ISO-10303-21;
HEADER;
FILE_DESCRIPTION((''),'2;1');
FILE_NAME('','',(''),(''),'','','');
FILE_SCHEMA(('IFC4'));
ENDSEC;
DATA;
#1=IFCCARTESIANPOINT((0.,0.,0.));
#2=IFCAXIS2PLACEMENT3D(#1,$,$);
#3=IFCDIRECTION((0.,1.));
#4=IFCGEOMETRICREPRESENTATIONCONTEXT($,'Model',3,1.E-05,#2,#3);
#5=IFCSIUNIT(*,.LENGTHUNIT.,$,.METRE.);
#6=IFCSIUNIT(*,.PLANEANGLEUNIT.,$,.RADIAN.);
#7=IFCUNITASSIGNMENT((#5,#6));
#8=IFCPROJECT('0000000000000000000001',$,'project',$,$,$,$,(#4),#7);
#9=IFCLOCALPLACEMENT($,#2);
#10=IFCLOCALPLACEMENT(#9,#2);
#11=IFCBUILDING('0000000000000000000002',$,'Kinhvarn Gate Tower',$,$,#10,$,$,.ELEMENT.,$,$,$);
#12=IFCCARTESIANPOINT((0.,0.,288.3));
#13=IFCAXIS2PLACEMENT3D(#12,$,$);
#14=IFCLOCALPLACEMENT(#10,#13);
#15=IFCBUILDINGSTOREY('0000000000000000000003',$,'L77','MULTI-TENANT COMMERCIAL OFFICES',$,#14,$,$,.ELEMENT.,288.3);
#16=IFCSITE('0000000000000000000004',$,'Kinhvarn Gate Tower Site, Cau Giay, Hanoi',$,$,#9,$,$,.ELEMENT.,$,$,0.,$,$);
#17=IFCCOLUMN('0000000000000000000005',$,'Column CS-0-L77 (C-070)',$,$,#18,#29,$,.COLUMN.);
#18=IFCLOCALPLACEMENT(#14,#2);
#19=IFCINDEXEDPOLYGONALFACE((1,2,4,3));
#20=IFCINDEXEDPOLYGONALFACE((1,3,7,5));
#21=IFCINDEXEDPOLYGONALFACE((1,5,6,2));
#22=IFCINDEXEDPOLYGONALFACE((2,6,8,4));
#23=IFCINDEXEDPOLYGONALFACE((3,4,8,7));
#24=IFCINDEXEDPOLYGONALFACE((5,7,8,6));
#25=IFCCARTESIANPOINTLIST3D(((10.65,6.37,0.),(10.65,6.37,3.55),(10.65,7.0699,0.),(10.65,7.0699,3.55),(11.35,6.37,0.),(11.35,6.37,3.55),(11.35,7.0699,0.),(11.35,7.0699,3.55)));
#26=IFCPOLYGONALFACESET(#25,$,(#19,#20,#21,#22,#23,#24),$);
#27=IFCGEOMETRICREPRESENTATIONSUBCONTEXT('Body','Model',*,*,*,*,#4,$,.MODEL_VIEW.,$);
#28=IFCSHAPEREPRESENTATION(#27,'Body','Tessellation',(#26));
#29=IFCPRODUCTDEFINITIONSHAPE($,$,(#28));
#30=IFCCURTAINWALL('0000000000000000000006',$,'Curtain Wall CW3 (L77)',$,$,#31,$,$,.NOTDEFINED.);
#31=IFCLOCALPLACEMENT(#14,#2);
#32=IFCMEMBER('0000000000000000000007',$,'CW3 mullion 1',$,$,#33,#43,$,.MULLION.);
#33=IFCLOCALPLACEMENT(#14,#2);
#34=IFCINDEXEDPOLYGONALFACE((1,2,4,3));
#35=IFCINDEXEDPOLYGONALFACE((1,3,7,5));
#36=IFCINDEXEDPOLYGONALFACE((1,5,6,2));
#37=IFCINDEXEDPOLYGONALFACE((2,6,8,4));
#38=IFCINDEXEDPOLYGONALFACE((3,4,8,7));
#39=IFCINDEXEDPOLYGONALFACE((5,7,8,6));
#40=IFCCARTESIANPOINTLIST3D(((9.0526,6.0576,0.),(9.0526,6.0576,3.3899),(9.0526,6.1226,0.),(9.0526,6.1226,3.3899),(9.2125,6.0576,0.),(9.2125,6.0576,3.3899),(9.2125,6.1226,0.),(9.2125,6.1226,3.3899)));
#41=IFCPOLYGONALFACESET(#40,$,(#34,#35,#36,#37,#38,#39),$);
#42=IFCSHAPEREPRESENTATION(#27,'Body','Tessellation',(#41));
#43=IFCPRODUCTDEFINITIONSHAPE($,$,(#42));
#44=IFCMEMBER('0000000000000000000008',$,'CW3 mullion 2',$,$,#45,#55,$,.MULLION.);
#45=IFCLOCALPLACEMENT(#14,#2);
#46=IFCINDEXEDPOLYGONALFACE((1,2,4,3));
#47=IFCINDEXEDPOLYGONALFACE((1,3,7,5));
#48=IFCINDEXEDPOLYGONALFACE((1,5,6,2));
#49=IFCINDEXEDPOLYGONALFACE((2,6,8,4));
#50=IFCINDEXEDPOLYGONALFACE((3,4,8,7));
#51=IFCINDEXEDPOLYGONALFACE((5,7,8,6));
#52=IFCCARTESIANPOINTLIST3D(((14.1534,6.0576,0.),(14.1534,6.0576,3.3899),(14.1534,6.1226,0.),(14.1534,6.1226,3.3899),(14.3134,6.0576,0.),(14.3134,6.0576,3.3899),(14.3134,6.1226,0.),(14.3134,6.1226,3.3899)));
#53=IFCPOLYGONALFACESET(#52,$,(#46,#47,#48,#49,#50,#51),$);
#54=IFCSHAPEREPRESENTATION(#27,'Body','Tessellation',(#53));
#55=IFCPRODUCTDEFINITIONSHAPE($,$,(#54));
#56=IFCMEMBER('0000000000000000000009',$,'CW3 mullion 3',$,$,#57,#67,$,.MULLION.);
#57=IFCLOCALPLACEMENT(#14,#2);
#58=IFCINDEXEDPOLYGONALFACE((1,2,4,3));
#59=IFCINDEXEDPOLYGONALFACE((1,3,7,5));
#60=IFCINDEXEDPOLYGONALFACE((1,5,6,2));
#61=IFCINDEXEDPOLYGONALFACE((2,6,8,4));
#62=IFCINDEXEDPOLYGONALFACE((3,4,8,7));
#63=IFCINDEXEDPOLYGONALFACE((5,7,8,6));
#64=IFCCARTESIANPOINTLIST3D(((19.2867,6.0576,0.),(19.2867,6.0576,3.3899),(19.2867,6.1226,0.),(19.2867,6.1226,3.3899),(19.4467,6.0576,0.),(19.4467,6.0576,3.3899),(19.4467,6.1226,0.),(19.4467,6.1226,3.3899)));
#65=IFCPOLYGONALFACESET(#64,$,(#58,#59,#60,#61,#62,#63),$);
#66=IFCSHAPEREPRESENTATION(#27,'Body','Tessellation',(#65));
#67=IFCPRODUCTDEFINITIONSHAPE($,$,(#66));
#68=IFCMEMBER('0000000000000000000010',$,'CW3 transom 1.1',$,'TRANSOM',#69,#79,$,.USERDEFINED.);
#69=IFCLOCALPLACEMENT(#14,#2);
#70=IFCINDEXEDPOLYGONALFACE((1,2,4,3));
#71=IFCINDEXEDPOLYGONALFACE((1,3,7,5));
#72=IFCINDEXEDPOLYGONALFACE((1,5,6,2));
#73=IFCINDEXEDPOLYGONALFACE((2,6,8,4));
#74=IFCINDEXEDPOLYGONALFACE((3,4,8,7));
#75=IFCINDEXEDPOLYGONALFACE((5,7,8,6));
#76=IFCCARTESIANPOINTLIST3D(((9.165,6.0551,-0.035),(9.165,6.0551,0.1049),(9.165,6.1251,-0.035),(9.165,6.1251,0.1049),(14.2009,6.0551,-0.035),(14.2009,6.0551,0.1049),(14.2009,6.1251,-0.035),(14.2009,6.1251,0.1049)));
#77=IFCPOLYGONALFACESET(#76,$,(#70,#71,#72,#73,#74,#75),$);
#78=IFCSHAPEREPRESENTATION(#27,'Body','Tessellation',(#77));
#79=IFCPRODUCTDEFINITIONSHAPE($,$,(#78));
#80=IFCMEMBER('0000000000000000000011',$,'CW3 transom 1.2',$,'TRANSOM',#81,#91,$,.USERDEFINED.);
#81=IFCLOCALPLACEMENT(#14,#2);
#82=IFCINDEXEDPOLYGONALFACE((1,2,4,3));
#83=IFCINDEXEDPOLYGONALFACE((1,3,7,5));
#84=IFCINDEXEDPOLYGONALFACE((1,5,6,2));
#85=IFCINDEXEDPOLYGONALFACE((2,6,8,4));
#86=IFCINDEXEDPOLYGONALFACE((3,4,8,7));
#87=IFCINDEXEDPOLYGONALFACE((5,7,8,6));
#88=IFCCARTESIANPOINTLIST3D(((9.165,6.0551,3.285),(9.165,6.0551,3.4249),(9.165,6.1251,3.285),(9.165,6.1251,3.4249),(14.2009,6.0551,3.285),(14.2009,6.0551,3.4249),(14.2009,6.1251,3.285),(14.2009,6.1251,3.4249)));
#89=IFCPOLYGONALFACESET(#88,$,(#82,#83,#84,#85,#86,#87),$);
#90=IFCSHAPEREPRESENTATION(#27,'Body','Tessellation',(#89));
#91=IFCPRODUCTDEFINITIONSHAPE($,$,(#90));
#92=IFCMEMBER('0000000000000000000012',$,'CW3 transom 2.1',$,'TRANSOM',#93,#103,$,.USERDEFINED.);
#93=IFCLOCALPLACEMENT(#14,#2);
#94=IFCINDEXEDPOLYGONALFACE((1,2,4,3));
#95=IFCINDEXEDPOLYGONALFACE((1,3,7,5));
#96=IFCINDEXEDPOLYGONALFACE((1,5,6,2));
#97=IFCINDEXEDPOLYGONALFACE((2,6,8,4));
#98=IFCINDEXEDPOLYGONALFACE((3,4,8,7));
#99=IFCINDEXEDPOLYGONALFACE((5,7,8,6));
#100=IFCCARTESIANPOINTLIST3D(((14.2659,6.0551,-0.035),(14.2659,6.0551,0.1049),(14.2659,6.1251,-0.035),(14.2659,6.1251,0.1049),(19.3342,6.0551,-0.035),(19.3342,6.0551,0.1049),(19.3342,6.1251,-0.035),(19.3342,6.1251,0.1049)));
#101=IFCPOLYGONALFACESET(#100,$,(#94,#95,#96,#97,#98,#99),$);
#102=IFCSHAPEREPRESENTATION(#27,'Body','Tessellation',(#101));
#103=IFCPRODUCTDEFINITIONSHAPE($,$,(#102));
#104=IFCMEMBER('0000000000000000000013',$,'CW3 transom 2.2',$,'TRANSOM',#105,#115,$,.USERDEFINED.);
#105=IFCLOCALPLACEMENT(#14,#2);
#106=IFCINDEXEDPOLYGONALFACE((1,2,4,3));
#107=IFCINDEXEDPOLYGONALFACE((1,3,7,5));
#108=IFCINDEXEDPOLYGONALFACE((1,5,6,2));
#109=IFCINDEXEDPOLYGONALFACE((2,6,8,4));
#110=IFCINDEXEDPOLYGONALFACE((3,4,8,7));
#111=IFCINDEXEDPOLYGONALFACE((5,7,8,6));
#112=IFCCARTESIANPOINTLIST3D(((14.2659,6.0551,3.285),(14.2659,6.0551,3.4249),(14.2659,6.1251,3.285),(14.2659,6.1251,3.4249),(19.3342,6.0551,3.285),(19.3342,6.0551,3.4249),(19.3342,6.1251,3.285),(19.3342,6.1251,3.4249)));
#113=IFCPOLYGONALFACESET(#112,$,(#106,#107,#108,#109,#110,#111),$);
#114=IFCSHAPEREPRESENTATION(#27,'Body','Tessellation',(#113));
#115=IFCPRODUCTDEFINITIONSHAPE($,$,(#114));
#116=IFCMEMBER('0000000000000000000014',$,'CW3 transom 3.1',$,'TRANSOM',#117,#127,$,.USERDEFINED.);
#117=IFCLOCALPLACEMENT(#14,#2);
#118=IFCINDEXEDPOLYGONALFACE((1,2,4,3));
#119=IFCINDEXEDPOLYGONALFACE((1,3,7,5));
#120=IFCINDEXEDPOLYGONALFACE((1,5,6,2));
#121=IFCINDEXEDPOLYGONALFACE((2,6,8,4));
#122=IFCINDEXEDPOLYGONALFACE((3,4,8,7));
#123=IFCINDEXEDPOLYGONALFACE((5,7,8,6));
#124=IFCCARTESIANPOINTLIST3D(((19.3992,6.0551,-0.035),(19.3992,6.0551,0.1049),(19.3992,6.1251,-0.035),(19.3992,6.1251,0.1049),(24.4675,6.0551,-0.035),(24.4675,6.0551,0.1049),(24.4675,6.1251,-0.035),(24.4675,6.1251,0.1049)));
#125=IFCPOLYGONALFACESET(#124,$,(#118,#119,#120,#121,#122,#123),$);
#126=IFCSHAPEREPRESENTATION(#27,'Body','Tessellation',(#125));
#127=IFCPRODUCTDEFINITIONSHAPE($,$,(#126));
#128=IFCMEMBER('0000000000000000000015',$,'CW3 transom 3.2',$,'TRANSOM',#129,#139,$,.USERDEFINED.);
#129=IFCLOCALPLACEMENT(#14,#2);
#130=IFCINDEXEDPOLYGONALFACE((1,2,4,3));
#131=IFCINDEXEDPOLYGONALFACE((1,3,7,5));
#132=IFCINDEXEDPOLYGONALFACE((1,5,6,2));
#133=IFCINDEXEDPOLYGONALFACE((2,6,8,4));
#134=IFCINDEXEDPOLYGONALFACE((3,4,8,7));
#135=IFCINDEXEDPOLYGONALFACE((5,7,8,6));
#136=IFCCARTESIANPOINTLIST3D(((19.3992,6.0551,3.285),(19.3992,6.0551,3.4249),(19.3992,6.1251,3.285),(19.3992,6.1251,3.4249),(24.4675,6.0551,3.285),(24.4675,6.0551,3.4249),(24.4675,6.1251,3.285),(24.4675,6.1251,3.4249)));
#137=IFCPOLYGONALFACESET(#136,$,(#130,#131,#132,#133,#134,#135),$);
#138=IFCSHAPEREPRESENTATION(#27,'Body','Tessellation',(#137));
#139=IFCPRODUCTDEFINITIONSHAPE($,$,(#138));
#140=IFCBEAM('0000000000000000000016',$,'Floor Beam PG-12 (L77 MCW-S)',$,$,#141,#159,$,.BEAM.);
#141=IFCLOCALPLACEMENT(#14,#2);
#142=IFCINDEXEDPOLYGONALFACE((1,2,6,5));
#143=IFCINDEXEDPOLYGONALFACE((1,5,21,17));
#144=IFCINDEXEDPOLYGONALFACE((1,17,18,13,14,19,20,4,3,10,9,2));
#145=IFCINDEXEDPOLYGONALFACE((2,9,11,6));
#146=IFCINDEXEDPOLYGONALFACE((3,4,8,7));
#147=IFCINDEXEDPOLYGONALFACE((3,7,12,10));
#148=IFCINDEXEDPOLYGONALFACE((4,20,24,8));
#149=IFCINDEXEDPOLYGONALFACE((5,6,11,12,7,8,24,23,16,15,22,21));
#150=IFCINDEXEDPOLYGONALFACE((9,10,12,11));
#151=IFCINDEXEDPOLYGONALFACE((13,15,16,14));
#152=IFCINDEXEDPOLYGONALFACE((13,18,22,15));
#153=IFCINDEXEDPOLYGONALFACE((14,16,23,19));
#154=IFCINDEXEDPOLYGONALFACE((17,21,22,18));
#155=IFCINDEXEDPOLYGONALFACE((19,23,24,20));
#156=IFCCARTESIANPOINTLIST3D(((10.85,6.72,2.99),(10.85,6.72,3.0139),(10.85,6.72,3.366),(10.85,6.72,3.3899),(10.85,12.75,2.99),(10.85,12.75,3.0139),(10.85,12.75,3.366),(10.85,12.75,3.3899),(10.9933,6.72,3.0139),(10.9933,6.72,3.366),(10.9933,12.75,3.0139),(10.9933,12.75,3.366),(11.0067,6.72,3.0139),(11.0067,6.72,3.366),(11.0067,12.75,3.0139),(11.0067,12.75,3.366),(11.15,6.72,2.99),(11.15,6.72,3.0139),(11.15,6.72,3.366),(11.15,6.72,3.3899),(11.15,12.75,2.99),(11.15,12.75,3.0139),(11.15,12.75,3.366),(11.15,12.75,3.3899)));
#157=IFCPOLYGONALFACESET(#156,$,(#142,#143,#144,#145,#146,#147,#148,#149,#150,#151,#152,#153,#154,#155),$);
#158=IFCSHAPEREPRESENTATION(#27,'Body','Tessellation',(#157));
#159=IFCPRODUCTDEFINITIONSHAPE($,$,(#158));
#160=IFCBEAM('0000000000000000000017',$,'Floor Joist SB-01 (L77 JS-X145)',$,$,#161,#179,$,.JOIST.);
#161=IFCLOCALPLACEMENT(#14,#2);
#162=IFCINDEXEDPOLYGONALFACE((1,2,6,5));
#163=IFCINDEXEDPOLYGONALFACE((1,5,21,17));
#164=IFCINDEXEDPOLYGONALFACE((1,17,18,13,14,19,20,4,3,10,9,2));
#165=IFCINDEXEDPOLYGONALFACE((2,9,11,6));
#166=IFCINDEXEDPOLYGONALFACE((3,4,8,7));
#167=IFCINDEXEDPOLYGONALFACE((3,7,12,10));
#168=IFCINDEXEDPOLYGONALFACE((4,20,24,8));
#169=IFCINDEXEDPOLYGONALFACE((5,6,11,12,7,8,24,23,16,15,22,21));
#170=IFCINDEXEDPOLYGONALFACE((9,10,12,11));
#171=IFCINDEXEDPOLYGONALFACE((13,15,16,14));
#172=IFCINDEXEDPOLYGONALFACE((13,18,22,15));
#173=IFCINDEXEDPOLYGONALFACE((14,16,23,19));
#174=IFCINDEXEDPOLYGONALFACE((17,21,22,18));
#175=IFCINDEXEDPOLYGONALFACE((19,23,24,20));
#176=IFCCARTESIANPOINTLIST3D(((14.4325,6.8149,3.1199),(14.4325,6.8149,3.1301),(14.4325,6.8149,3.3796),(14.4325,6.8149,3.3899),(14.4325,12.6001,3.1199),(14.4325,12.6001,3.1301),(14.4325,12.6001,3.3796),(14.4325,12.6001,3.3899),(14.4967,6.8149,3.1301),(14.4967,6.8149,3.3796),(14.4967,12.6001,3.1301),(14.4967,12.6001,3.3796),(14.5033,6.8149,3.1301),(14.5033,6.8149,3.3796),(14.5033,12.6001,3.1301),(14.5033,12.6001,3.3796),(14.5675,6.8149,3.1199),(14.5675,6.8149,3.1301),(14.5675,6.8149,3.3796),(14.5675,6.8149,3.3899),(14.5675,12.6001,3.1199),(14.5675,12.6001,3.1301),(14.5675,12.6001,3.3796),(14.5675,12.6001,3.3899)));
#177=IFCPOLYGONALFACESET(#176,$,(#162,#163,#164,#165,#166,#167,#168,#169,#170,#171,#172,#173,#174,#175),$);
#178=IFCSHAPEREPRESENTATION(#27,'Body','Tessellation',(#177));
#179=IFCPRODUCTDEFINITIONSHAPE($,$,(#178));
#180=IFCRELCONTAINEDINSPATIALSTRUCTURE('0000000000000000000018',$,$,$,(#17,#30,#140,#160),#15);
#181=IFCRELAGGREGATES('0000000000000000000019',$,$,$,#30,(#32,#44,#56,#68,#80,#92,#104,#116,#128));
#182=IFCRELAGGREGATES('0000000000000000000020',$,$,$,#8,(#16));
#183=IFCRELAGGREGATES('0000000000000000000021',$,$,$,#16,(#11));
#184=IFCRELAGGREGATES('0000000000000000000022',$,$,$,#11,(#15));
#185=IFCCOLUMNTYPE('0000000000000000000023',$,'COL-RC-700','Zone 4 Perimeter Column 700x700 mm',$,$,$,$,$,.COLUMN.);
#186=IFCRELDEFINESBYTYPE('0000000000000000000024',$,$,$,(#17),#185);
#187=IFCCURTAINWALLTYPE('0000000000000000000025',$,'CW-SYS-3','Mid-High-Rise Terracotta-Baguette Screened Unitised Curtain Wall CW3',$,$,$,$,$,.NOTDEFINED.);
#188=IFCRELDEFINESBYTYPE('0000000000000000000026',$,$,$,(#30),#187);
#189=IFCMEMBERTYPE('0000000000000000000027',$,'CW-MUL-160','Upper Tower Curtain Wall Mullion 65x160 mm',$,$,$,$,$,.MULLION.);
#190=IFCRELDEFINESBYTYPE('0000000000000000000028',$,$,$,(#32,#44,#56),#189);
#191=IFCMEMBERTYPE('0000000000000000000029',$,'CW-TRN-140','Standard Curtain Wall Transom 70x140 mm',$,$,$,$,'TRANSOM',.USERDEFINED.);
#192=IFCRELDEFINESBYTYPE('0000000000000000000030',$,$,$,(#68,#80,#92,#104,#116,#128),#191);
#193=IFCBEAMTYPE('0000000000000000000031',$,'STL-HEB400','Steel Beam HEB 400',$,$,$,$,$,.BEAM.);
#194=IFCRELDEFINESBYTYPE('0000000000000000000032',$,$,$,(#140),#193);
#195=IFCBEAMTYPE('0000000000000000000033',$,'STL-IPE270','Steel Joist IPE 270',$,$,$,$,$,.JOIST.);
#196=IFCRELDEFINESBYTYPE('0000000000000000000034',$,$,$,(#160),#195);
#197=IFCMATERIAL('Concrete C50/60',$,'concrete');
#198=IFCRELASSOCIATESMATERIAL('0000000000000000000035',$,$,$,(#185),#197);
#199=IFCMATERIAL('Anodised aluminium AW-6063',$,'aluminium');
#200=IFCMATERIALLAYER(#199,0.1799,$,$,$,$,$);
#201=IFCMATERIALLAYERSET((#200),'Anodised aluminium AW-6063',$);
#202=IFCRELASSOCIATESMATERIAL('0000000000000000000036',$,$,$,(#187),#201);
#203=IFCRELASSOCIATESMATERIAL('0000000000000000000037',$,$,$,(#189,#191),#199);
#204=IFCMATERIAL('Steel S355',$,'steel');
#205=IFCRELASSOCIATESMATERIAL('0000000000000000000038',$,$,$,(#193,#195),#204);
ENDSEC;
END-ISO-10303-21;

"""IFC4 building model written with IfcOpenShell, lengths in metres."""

from ifc_helpers import new_model, si_unit, direction, frame, origin, origin_2d, place, context, subcontext, project, spatial, rectangle, i_section, extrude, material, layer, layer_set, material_profile, profile_set, type_object, element, aggregate, save


model = new_model("IFC4")

# Units and contexts
model_context = context("Model", 3, precision=1e-05, world=origin(), true_north=direction((0.0, 1.0)))
body_context = subcontext(model_context, "Body", "Model", "MODEL_VIEW")
ifc_project = project(units=[si_unit("LENGTHUNIT", "METRE"), si_unit("PLANEANGLEUNIT", "RADIAN")], contexts=[model_context])

# Site, building, storey
site_placement = place(None, origin())
site = spatial("IfcSite", under=ifc_project, at=site_placement, Name="Kinhvarn Gate Tower Site, Cau Giay, Hanoi", CompositionType="ELEMENT", RefElevation=0.0)
building_placement = place(site_placement, origin())
building = spatial("IfcBuilding", under=site, at=building_placement, Name="Kinhvarn Gate Tower", CompositionType="ELEMENT")
storey_placement = place(building_placement, frame((0.0, 0.0, 288.3)))
storey = spatial("IfcBuildingStorey", under=building, at=storey_placement, Name="L77", Description="MULTI-TENANT COMMERCIAL OFFICES", CompositionType="ELEMENT", Elevation=288.3)

# Column
ifc_material_1 = material(Name="Concrete C50/60", Category="concrete")
ifc_material_profile_1 = material_profile(ifc_material_1, rectangle(XDim=0.7, YDim=0.7, at=origin_2d()), Name="RC 700x700")
ifc_profile_set_1 = profile_set([ifc_material_profile_1], Name="Concrete C50/60")
column_type = type_object("IfcColumnType", Name="COL-RC-700", Description="Zone 4 Perimeter Column 700x700 mm", PredefinedType="COLUMN", material=ifc_profile_set_1)
column_placement = place(storey_placement, frame((11.0, 6.72, 0.0), z_axis=(0.0, 0.0, 1.0), x_axis=(1.0, 0.0, 0.0)))
element("IfcColumn", 1, at=column_placement, inside=storey, type_object=column_type, Name="Column CS-0-L77 (C-070)", PredefinedType="COLUMN", context=body_context, shape_type="SweptSolid", body=[
    extrude(rectangle(XDim=0.7, YDim=0.7, at=origin_2d()), origin(), (0.0, 0.0, 1.0), 3.55),
])

# Curtain wall, members
ifc_material_2 = material(Name="Anodised aluminium AW-6063", Category="aluminium")
ifc_layer_1 = layer(ifc_material_2, 0.1799)
ifc_layer_set_1 = layer_set([ifc_layer_1], Name="Anodised aluminium AW-6063")
curtain_wall_type = type_object("IfcCurtainWallType", Name="CW-SYS-3", Description="Mid-High-Rise Terracotta-Baguette Screened Unitised Curtain Wall CW3", PredefinedType="NOTDEFINED", material=ifc_layer_set_1)
curtain_wall_placement = place(storey_placement, origin())
curtain_wall = element("IfcCurtainWall", 2, at=curtain_wall_placement, inside=storey, type_object=curtain_wall_type, Name="Curtain Wall CW3 (L77)", PredefinedType="NOTDEFINED")
ifc_material_profile_2 = material_profile(ifc_material_2, rectangle(XDim=0.0649, YDim=0.1599, at=origin_2d()), Name="ALU 65x160")
ifc_profile_set_2 = profile_set([ifc_material_profile_2], Name="Anodised aluminium AW-6063")
member_type_1 = type_object("IfcMemberType", Name="CW-MUL-160", Description="Upper Tower Curtain Wall Mullion 65x160 mm", PredefinedType="MULLION", material=ifc_profile_set_2)
member_1_placement = place(storey_placement, frame((9.1326, 6.0901, 0.0), z_axis=(0.0, 0.0, 1.0), x_axis=(0.0, 1.0, 0.0)))
member_1 = element("IfcMember", 3, at=member_1_placement, type_object=member_type_1, Name="CW3 mullion 1", PredefinedType="MULLION", context=body_context, shape_type="SweptSolid", body=[
    extrude(rectangle(XDim=0.0649, YDim=0.1599, at=origin_2d()), origin(), (0.0, 0.0, 1.0), 3.3899),
])
member_2_placement = place(storey_placement, frame((14.2334, 6.0901, 0.0), z_axis=(0.0, 0.0, 1.0), x_axis=(0.0, 1.0, 0.0)))
member_2 = element("IfcMember", 4, at=member_2_placement, type_object=member_type_1, Name="CW3 mullion 2", PredefinedType="MULLION", context=body_context, shape_type="SweptSolid", body=[
    extrude(rectangle(XDim=0.0649, YDim=0.1599, at=origin_2d()), origin(), (0.0, 0.0, 1.0), 3.3899),
])
member_3_placement = place(storey_placement, frame((19.3667, 6.0901, 0.0), z_axis=(0.0, 0.0, 1.0), x_axis=(0.0, 1.0, 0.0)))
member_3 = element("IfcMember", 5, at=member_3_placement, type_object=member_type_1, Name="CW3 mullion 3", PredefinedType="MULLION", context=body_context, shape_type="SweptSolid", body=[
    extrude(rectangle(XDim=0.0649, YDim=0.1599, at=origin_2d()), origin(), (0.0, 0.0, 1.0), 3.3899),
])
ifc_material_profile_3 = material_profile(ifc_material_2, rectangle(XDim=0.0701, YDim=0.1399, at=origin_2d()), Name="ALU 70x140")
ifc_profile_set_3 = profile_set([ifc_material_profile_3], Name="Anodised aluminium AW-6063")
member_type_2 = type_object("IfcMemberType", Name="CW-TRN-140", Description="Standard Curtain Wall Transom 70x140 mm", ElementType="TRANSOM", PredefinedType="USERDEFINED", material=ifc_profile_set_3)
member_4_placement = place(storey_placement, frame((9.165, 6.0901, 0.0349), z_axis=(1.0, 0.0, 0.0), x_axis=(0.0, 1.0, 0.0)))
member_4 = element("IfcMember", 6, at=member_4_placement, type_object=member_type_2, Name="CW3 transom 1.1", ObjectType="TRANSOM", PredefinedType="USERDEFINED", context=body_context, shape_type="SweptSolid", body=[
    extrude(rectangle(XDim=0.0701, YDim=0.1399, at=origin_2d()), origin(), (0.0, 0.0, 1.0), 5.0359),
])
member_5_placement = place(storey_placement, frame((9.165, 6.0901, 3.355), z_axis=(1.0, 0.0, 0.0), x_axis=(0.0, 1.0, 0.0)))
member_5 = element("IfcMember", 7, at=member_5_placement, type_object=member_type_2, Name="CW3 transom 1.2", ObjectType="TRANSOM", PredefinedType="USERDEFINED", context=body_context, shape_type="SweptSolid", body=[
    extrude(rectangle(XDim=0.0701, YDim=0.1399, at=origin_2d()), origin(), (0.0, 0.0, 1.0), 5.0359),
])
member_6_placement = place(storey_placement, frame((14.2659, 6.0901, 0.0349), z_axis=(1.0, 0.0, 0.0), x_axis=(0.0, 1.0, 0.0)))
member_6 = element("IfcMember", 8, at=member_6_placement, type_object=member_type_2, Name="CW3 transom 2.1", ObjectType="TRANSOM", PredefinedType="USERDEFINED", context=body_context, shape_type="SweptSolid", body=[
    extrude(rectangle(XDim=0.0701, YDim=0.1399, at=origin_2d()), origin(), (0.0, 0.0, 1.0), 5.0684),
])
member_7_placement = place(storey_placement, frame((14.2659, 6.0901, 3.355), z_axis=(1.0, 0.0, 0.0), x_axis=(0.0, 1.0, 0.0)))
member_7 = element("IfcMember", 9, at=member_7_placement, type_object=member_type_2, Name="CW3 transom 2.2", ObjectType="TRANSOM", PredefinedType="USERDEFINED", context=body_context, shape_type="SweptSolid", body=[
    extrude(rectangle(XDim=0.0701, YDim=0.1399, at=origin_2d()), origin(), (0.0, 0.0, 1.0), 5.0684),
])
member_8_placement = place(storey_placement, frame((19.3992, 6.0901, 0.0349), z_axis=(1.0, 0.0, 0.0), x_axis=(0.0, 1.0, 0.0)))
member_8 = element("IfcMember", 10, at=member_8_placement, type_object=member_type_2, Name="CW3 transom 3.1", ObjectType="TRANSOM", PredefinedType="USERDEFINED", context=body_context, shape_type="SweptSolid", body=[
    extrude(rectangle(XDim=0.0701, YDim=0.1399, at=origin_2d()), origin(), (0.0, 0.0, 1.0), 5.0684),
])
member_9_placement = place(storey_placement, frame((19.3992, 6.0901, 3.355), z_axis=(1.0, 0.0, 0.0), x_axis=(0.0, 1.0, 0.0)))
member_9 = element("IfcMember", 11, at=member_9_placement, type_object=member_type_2, Name="CW3 transom 3.2", ObjectType="TRANSOM", PredefinedType="USERDEFINED", context=body_context, shape_type="SweptSolid", body=[
    extrude(rectangle(XDim=0.0701, YDim=0.1399, at=origin_2d()), origin(), (0.0, 0.0, 1.0), 5.0684),
])

# Beams
ifc_material_3 = material(Name="Steel S355", Category="steel")
ifc_material_profile_4 = material_profile(ifc_material_3, i_section(OverallWidth=0.3, OverallDepth=0.3999, WebThickness=0.0134, FlangeThickness=0.0239, at=origin_2d()), Name="HEB 400")
ifc_profile_set_4 = profile_set([ifc_material_profile_4], Name="Steel S355")
beam_type_1 = type_object("IfcBeamType", Name="STL-HEB400", Description="Steel Beam HEB 400", PredefinedType="BEAM", material=ifc_profile_set_4)
beam_1_placement = place(storey_placement, frame((11.0, 6.72, 3.1899), z_axis=(0.0, 1.0, 0.0), x_axis=(-1.0, 0.0, 0.0)))
element("IfcBeam", 12, at=beam_1_placement, inside=storey, type_object=beam_type_1, Name="Floor Beam PG-12 (L77 MCW-S)", PredefinedType="BEAM", context=body_context, shape_type="SweptSolid", body=[
    extrude(i_section(OverallWidth=0.3, OverallDepth=0.3999, WebThickness=0.0134, FlangeThickness=0.0239, at=origin_2d()), origin(), (0.0, 0.0, 1.0), 6.03),
])
ifc_material_profile_5 = material_profile(ifc_material_3, i_section(OverallWidth=0.135, OverallDepth=0.27, WebThickness=0.0066, FlangeThickness=0.0103, at=origin_2d()), Name="IPE 270")
ifc_profile_set_5 = profile_set([ifc_material_profile_5], Name="Steel S355")
beam_type_2 = type_object("IfcBeamType", Name="STL-IPE270", Description="Steel Joist IPE 270", PredefinedType="JOIST", material=ifc_profile_set_5)
for number, where, z_axis, x_axis, name in (
    (13, (14.5, 6.8149, 3.2549), (0.0, 1.0, 0.0), (-1.0, 0.0, 0.0), "Floor Joist SB-01 (L77 JS-X145)"),
):
    element("IfcBeam", number, at=place(storey_placement, frame(where, z_axis=z_axis, x_axis=x_axis)), inside=storey, type_object=beam_type_2, Name=name, PredefinedType="JOIST", context=body_context, shape_type="SweptSolid", body=[
        extrude(i_section(OverallWidth=0.135, OverallDepth=0.27, WebThickness=0.0066, FlangeThickness=0.0103, at=origin_2d()), origin(), (0.0, 0.0, 1.0), 5.7852),
    ])

aggregate(curtain_wall, [member_1, member_2, member_3, member_4, member_5, member_6, member_7, member_8, member_9])

save(model, "model.ifc")
